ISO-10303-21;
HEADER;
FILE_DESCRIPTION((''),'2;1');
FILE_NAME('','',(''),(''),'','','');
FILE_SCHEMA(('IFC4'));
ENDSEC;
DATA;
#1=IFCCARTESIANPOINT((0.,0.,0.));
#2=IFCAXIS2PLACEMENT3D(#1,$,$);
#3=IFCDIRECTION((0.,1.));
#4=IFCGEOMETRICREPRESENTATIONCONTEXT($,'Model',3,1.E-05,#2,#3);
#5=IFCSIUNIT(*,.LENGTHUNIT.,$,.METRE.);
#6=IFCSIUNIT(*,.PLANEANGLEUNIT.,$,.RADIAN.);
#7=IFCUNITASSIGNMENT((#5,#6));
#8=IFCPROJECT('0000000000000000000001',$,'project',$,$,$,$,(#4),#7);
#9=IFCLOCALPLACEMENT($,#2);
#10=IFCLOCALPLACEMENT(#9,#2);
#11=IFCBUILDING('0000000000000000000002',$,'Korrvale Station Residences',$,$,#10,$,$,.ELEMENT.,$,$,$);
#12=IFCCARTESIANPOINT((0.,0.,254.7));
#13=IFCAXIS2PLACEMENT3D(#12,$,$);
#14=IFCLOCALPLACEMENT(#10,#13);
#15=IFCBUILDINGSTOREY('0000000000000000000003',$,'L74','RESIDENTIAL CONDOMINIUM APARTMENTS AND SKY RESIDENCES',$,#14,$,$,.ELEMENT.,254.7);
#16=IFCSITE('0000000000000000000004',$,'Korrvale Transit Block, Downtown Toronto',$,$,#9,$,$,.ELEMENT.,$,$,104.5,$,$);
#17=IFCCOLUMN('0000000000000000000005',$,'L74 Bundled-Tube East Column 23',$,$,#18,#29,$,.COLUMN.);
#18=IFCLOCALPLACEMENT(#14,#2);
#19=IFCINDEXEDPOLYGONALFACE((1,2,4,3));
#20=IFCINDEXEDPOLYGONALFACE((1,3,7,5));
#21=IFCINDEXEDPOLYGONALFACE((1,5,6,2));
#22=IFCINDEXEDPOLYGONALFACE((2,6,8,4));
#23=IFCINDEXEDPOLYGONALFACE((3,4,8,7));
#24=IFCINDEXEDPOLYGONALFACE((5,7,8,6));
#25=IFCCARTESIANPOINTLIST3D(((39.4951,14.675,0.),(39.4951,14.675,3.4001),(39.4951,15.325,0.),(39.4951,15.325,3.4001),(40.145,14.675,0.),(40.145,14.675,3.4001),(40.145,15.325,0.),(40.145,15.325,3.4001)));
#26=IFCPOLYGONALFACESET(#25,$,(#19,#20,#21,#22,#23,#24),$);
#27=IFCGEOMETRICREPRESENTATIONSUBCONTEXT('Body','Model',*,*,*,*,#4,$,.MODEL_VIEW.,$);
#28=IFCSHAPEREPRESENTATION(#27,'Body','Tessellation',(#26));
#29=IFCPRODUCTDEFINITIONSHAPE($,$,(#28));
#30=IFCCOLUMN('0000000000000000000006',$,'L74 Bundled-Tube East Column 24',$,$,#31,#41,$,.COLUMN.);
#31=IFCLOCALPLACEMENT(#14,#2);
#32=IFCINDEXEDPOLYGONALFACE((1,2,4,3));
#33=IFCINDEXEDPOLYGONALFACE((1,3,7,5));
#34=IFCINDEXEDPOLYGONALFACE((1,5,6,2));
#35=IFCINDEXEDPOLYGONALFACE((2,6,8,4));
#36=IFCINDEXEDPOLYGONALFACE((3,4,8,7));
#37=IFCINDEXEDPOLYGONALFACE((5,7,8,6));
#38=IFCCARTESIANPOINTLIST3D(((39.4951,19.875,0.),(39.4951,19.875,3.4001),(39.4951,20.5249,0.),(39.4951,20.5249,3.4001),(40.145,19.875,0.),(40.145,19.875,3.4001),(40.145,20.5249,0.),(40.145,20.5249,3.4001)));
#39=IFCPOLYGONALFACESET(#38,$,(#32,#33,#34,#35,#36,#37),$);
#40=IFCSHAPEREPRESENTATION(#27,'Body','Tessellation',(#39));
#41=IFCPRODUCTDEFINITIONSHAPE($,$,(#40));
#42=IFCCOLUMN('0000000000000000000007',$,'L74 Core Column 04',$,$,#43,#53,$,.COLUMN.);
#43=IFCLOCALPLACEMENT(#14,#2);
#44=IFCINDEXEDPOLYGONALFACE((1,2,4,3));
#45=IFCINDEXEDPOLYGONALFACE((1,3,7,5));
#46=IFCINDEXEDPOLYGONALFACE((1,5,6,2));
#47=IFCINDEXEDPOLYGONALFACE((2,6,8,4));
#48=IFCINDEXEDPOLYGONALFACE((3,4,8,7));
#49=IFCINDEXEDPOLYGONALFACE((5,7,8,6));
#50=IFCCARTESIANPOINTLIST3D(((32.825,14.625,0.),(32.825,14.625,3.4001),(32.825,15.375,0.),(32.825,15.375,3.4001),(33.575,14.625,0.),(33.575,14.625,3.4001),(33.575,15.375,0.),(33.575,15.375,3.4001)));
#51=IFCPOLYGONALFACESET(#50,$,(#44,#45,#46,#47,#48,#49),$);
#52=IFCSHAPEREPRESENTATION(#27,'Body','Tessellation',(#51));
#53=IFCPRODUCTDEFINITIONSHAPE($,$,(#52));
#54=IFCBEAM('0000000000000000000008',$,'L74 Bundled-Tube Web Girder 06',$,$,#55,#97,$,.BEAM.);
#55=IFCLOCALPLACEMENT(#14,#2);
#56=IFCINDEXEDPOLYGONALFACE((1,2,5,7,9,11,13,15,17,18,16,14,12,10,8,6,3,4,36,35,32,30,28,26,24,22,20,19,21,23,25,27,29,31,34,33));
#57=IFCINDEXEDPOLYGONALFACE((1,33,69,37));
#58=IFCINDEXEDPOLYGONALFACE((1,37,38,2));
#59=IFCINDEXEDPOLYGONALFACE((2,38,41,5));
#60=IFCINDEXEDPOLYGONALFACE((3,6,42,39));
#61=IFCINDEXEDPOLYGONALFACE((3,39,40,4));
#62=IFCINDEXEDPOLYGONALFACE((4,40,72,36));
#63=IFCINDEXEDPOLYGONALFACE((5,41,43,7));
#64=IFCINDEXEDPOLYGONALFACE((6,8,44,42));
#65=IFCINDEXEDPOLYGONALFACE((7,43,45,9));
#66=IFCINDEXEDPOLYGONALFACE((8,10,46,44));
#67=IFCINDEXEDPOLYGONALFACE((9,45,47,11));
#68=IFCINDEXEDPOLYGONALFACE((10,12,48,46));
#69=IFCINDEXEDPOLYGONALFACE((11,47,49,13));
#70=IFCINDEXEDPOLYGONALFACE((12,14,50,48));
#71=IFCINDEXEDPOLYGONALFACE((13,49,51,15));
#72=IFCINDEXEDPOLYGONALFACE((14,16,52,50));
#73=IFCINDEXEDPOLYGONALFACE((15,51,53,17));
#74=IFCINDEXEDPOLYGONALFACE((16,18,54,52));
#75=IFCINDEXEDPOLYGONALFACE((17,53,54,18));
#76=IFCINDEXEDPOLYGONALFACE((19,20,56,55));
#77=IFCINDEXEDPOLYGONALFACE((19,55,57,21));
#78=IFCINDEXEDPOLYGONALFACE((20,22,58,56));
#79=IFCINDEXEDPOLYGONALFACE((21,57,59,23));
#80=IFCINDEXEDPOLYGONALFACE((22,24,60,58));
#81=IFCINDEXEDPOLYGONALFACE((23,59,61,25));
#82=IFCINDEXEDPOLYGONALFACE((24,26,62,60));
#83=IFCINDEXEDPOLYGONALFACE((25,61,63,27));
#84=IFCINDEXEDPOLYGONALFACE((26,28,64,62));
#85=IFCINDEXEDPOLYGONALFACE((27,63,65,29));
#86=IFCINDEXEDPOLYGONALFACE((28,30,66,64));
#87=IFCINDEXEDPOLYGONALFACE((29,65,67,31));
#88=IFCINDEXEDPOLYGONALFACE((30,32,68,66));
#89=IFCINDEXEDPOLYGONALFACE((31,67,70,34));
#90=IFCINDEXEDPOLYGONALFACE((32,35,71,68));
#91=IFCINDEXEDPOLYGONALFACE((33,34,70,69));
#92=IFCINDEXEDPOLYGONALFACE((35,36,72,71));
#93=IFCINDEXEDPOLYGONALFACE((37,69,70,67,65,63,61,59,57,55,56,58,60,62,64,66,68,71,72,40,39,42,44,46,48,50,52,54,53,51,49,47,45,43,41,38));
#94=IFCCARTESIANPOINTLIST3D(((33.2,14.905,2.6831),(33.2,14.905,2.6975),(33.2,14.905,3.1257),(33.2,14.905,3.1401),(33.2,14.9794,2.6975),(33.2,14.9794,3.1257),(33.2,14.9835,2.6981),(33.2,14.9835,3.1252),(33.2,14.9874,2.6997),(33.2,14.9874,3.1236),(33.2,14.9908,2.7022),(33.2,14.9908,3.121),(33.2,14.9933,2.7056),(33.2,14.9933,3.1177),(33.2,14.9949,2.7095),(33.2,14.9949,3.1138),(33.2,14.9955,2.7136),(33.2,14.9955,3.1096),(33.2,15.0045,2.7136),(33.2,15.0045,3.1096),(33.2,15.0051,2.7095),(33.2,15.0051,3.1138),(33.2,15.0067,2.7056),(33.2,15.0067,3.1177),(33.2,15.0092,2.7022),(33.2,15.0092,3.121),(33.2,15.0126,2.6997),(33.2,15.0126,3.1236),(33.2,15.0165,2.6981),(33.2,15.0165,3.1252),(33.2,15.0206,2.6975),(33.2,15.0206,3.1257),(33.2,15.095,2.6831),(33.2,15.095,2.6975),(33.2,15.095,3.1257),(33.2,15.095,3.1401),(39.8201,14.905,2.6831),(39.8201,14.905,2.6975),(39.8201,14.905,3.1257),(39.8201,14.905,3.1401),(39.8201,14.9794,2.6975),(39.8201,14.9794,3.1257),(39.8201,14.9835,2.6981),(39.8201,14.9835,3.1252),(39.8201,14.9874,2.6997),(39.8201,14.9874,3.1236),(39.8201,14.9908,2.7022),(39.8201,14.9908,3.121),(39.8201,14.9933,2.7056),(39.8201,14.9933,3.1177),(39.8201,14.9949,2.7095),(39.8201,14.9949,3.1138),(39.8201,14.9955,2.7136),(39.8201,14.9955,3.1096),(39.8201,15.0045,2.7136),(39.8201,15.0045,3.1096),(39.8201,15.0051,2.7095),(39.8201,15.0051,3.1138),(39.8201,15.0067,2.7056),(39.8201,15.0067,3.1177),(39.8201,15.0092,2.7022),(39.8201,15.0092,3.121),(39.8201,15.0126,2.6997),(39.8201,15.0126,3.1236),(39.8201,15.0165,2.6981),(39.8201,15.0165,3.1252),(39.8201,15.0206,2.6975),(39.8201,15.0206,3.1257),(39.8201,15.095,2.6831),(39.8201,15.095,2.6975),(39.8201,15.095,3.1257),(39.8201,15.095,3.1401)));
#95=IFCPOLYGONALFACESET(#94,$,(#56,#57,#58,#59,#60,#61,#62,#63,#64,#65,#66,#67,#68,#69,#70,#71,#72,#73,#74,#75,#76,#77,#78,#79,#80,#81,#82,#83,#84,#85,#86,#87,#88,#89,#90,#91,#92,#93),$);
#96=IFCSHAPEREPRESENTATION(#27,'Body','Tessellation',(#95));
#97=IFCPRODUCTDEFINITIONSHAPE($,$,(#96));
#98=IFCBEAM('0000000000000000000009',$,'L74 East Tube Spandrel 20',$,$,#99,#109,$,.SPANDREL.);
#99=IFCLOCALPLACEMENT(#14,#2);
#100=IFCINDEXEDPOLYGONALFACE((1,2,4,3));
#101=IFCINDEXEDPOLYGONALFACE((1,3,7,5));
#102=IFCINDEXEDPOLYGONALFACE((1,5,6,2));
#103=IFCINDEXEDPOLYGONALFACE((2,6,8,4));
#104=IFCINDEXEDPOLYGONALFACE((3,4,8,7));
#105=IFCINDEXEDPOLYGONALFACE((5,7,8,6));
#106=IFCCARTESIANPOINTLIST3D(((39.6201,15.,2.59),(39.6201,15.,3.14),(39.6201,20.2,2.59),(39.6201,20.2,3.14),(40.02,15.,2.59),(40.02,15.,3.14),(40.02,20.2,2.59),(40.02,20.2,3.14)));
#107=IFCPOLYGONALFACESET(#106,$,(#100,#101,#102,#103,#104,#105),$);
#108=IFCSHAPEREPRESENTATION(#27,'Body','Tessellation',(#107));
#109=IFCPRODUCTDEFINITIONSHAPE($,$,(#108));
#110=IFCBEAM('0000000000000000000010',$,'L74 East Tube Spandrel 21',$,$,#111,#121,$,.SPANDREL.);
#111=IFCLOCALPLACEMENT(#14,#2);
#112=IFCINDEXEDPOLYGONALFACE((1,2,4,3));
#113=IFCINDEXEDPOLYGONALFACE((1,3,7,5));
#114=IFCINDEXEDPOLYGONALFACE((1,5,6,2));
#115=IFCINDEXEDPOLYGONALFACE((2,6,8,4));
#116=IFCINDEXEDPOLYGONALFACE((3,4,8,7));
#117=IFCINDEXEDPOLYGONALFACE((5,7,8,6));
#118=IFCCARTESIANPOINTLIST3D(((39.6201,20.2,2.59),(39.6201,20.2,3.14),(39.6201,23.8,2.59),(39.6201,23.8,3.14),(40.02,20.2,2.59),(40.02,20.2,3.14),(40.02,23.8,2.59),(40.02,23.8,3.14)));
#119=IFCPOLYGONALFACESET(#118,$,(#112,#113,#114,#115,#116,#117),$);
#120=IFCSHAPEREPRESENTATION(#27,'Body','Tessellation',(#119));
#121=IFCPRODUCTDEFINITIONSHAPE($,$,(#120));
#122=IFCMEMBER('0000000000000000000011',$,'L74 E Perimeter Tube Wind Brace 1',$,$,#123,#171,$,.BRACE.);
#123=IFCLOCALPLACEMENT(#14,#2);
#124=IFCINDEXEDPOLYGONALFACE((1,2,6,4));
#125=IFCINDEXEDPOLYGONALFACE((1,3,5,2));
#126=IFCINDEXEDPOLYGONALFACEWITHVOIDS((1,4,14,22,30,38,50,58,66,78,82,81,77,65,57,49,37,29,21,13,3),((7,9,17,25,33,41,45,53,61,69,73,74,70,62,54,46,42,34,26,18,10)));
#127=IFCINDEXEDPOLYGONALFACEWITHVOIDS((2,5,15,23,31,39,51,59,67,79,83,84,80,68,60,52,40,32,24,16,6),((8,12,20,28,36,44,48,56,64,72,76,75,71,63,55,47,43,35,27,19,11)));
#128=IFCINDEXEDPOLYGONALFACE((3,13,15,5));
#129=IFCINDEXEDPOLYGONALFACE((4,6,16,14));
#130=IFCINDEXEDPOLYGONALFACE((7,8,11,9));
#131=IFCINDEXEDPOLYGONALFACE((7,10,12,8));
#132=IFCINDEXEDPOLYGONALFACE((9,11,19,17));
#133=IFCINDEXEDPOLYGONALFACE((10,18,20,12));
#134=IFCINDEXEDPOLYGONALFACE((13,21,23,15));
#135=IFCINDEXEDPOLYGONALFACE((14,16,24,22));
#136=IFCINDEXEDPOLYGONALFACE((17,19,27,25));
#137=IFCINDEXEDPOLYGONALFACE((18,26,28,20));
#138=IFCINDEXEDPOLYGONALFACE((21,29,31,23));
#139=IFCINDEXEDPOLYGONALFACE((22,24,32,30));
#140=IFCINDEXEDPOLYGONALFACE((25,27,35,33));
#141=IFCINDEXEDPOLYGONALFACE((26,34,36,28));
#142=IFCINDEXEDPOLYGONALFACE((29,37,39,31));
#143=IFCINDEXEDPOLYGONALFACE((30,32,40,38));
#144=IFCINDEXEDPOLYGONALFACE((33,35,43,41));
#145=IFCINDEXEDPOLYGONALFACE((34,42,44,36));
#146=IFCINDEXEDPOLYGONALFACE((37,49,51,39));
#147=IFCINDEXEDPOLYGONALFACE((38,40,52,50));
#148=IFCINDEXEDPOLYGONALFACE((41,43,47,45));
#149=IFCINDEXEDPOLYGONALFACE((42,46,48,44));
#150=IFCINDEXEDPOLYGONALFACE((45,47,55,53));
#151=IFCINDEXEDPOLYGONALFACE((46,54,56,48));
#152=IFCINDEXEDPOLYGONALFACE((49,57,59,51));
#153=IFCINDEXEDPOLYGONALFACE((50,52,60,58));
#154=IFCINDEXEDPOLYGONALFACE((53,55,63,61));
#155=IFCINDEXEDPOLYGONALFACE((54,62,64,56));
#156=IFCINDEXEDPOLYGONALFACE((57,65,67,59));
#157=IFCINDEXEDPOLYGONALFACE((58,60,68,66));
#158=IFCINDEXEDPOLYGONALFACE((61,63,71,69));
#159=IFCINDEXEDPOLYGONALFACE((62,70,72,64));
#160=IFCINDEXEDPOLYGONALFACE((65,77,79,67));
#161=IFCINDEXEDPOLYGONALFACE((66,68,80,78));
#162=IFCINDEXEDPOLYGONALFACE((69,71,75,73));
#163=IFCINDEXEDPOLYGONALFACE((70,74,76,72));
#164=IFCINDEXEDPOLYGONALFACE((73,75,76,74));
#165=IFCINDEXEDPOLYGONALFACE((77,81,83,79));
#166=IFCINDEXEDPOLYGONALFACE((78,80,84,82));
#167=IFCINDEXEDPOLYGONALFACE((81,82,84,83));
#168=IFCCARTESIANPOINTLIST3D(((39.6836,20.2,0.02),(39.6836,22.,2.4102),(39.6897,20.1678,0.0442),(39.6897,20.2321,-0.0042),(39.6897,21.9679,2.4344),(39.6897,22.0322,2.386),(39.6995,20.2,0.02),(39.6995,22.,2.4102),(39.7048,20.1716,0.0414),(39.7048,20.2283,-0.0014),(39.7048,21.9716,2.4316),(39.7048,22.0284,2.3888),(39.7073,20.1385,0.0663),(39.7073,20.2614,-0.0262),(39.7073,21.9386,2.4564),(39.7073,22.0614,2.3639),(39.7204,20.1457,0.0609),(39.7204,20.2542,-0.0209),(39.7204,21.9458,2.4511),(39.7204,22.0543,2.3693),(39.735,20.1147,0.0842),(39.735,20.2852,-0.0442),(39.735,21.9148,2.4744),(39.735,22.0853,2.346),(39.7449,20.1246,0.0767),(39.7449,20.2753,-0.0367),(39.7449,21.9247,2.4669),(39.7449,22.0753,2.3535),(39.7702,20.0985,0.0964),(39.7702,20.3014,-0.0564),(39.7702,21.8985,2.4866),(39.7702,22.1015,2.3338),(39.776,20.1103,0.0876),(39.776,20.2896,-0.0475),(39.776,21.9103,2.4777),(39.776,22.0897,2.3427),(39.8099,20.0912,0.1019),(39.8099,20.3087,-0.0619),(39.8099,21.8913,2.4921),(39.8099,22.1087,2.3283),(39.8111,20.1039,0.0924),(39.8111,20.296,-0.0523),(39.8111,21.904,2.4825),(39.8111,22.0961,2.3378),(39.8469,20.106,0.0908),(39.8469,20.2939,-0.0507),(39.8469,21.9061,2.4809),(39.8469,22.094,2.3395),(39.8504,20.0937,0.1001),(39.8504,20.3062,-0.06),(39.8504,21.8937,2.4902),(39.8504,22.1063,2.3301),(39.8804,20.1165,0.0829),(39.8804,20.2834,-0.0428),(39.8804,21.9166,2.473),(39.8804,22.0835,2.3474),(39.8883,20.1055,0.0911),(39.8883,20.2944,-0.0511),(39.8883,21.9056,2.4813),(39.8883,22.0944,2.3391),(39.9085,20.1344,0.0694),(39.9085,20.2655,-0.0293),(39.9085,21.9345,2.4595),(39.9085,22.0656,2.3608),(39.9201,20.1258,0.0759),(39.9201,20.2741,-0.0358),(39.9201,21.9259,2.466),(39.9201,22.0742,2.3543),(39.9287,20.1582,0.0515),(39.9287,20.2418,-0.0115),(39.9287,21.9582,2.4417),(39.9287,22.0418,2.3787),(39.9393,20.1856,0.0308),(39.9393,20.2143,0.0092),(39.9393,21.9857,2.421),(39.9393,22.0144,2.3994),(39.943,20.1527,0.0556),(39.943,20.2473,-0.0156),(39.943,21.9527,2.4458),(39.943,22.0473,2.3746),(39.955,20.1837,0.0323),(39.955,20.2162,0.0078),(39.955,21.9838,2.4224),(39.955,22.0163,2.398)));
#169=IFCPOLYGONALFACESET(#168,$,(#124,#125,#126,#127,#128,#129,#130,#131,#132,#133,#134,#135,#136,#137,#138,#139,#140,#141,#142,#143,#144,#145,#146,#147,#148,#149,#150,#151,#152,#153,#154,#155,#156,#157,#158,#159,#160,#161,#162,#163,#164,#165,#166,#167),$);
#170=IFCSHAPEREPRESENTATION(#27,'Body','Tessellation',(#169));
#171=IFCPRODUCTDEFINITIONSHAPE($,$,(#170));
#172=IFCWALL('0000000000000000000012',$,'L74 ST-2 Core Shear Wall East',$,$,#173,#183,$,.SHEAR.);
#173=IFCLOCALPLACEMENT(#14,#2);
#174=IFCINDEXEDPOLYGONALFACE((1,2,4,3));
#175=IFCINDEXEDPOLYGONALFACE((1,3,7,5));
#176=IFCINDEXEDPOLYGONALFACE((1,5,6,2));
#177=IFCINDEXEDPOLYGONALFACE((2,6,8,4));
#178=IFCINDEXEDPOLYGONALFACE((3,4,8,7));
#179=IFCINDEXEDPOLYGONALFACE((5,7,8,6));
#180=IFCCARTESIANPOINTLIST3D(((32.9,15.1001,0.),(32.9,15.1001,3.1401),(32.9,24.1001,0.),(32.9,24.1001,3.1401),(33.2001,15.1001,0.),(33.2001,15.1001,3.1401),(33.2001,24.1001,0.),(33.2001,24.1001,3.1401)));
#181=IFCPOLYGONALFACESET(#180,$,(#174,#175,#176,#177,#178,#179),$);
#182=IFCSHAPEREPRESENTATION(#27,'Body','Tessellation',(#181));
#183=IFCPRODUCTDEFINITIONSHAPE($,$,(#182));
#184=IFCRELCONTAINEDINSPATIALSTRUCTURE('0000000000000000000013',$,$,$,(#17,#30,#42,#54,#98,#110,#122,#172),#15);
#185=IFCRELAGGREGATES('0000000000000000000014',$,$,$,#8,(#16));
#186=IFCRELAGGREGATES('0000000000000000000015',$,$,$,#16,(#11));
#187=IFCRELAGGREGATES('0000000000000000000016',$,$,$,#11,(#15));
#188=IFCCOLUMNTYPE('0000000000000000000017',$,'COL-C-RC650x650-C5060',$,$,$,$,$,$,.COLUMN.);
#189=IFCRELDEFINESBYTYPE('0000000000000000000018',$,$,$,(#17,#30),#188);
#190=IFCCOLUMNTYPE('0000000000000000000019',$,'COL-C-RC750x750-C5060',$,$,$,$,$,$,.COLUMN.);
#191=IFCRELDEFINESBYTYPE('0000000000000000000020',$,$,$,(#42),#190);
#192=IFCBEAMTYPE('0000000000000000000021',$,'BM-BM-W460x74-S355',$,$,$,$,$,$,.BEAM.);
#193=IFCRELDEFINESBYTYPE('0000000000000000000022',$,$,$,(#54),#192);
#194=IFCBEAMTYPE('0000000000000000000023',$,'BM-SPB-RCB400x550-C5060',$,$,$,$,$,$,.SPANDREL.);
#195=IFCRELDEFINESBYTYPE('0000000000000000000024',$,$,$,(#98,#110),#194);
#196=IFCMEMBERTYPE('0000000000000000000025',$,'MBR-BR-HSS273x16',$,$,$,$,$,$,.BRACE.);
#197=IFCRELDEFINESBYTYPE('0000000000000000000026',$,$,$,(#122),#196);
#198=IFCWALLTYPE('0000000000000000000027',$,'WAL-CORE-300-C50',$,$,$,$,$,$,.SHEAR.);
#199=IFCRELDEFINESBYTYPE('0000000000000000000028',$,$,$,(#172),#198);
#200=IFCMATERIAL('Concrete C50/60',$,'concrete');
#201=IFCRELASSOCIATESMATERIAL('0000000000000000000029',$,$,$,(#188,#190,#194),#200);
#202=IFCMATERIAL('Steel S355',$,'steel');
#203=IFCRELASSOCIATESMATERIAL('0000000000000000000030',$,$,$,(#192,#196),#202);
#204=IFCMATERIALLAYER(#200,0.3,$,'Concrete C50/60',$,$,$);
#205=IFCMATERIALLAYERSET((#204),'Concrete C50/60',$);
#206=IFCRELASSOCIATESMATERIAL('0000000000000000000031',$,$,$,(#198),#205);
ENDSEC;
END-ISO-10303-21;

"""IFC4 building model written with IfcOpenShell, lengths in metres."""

from ifc_helpers import new_model, si_unit, direction, frame, frame_2d, origin, origin_2d, place, context, subcontext, project, spatial, rectangle, hollow_circle, i_section, extrude, material, layer, layer_set, material_profile, profile_set, type_object, element, save


model = new_model("IFC4")

# Units and contexts
model_context = context("Model", 3, precision=1e-05, world=origin(), true_north=direction((0.0, 1.0)))
body_context = subcontext(model_context, "Body", "Model", "MODEL_VIEW")
ifc_project = project(units=[si_unit("LENGTHUNIT", "METRE"), si_unit("PLANEANGLEUNIT", "RADIAN")], contexts=[model_context])

# Site, building, storey
site_placement = place(None, origin())
site = spatial("IfcSite", under=ifc_project, at=site_placement, Name="Korrvale Transit Block, Downtown Toronto", CompositionType="ELEMENT", RefElevation=104.5)
building_placement = place(site_placement, origin())
building = spatial("IfcBuilding", under=site, at=building_placement, Name="Korrvale Station Residences", CompositionType="ELEMENT")
storey_placement = place(building_placement, frame((0.0, 0.0, 254.7)))
storey = spatial("IfcBuildingStorey", under=building, at=storey_placement, Name="L74", Description="RESIDENTIAL CONDOMINIUM APARTMENTS AND SKY RESIDENCES", CompositionType="ELEMENT", Elevation=254.7)

# Columns
ifc_material_1 = material(Name="Concrete C50/60", Category="concrete")
ifc_material_profile_1 = material_profile(ifc_material_1, rectangle(XDim=0.6499, YDim=0.6499, at=origin_2d()), Name="RC650x650")
ifc_profile_set_1 = profile_set([ifc_material_profile_1], Name="Concrete C50/60")
column_type_1 = type_object("IfcColumnType", Name="COL-C-RC650x650-C5060", PredefinedType="COLUMN", material=ifc_profile_set_1)
for number, where, z_axis, x_axis, name in (
    (1, (39.8201, 15.0, 0.0), (0.0, 0.0, 1.0), (1.0, 0.0, 0.0), "L74 Bundled-Tube East Column 23"),
    (2, (39.8201, 20.2, 0.0), (0.0, 0.0, 1.0), (1.0, 0.0, 0.0), "L74 Bundled-Tube East Column 24"),
):
    element("IfcColumn", number, at=place(storey_placement, frame(where, z_axis=z_axis, x_axis=x_axis)), inside=storey, type_object=column_type_1, Name=name, PredefinedType="COLUMN", context=body_context, shape_type="SweptSolid", body=[
        extrude(rectangle(XDim=0.6499, YDim=0.6499, at=origin_2d()), origin(), (0.0, 0.0, 1.0), 3.4001),
    ])
ifc_material_profile_2 = material_profile(ifc_material_1, rectangle(XDim=0.75, YDim=0.75, at=origin_2d()), Name="RC750x750")
ifc_profile_set_2 = profile_set([ifc_material_profile_2], Name="Concrete C50/60")
column_type_2 = type_object("IfcColumnType", Name="COL-C-RC750x750-C5060", PredefinedType="COLUMN", material=ifc_profile_set_2)
column_placement = place(storey_placement, frame((33.2, 15.0, 0.0), z_axis=(0.0, 0.0, 1.0), x_axis=(1.0, 0.0, 0.0)))
element("IfcColumn", 3, at=column_placement, inside=storey, type_object=column_type_2, Name="L74 Core Column 04", PredefinedType="COLUMN", context=body_context, shape_type="SweptSolid", body=[
    extrude(rectangle(XDim=0.75, YDim=0.75, at=origin_2d()), origin(), (0.0, 0.0, 1.0), 3.4001),
])

# Beams
ifc_material_2 = material(Name="Steel S355", Category="steel")
ifc_material_profile_3 = material_profile(ifc_material_2, i_section(OverallWidth=0.1899, OverallDepth=0.457, WebThickness=0.009, FlangeThickness=0.0144, FilletRadius=0.0161, at=origin_2d()), Name="W460x74")
ifc_profile_set_3 = profile_set([ifc_material_profile_3], Name="Steel S355")
beam_type_1 = type_object("IfcBeamType", Name="BM-BM-W460x74-S355", PredefinedType="BEAM", material=ifc_profile_set_3)
beam_1_placement = place(storey_placement, frame((33.2, 15.0, 2.9116), z_axis=(1.0, 0.0, 0.0), x_axis=(0.0, 1.0, 0.0)))
element("IfcBeam", 4, at=beam_1_placement, inside=storey, type_object=beam_type_1, Name="L74 Bundled-Tube Web Girder 06", PredefinedType="BEAM", context=body_context, shape_type="SweptSolid", body=[
    extrude(i_section(OverallWidth=0.1899, OverallDepth=0.457, WebThickness=0.009, FlangeThickness=0.0144, FilletRadius=0.0161, at=origin_2d()), origin(), (0.0, 0.0, 1.0), 6.6201),
])
ifc_material_profile_4 = material_profile(ifc_material_1, rectangle(XDim=0.3999, YDim=0.55, at=origin_2d()), Name="RCB400x550")
ifc_profile_set_4 = profile_set([ifc_material_profile_4], Name="Concrete C50/60")
beam_type_2 = type_object("IfcBeamType", Name="BM-SPB-RCB400x550-C5060", PredefinedType="SPANDREL", material=ifc_profile_set_4)
beam_2_placement = place(storey_placement, frame((39.8201, 15.0, 2.865), z_axis=(0.0, 1.0, 0.0), x_axis=(-1.0, 0.0, 0.0)))
element("IfcBeam", 5, at=beam_2_placement, inside=storey, type_object=beam_type_2, Name="L74 East Tube Spandrel 20", PredefinedType="SPANDREL", context=body_context, shape_type="SweptSolid", body=[
    extrude(rectangle(XDim=0.3999, YDim=0.55, at=origin_2d()), origin(), (0.0, 0.0, 1.0), 5.2),
])
beam_3_placement = place(storey_placement, frame((39.8201, 20.2, 2.865), z_axis=(0.0, 1.0, 0.0), x_axis=(-1.0, 0.0, 0.0)))
element("IfcBeam", 6, at=beam_3_placement, inside=storey, type_object=beam_type_2, Name="L74 East Tube Spandrel 21", PredefinedType="SPANDREL", context=body_context, shape_type="SweptSolid", body=[
    extrude(rectangle(XDim=0.3999, YDim=0.55, at=origin_2d()), origin(), (0.0, 0.0, 1.0), 3.6001),
])

# Member
ifc_material_profile_5 = material_profile(ifc_material_2, hollow_circle(Radius=0.1365, WallThickness=0.0159, at=origin_2d()), Name="HSS273x16")
ifc_profile_set_5 = profile_set([ifc_material_profile_5], Name="Steel S355")
member_type = type_object("IfcMemberType", Name="MBR-BR-HSS273x16", PredefinedType="BRACE", material=ifc_profile_set_5)
member_placement = place(storey_placement, frame((39.8201, 20.2, 0.02), z_axis=(0.0, 0.601592, 0.798804), x_axis=(-1.0, 0.0, 0.0)))
element("IfcMember", 7, at=member_placement, inside=storey, type_object=member_type, Name="L74 E Perimeter Tube Wind Brace 1", PredefinedType="BRACE", context=body_context, shape_type="SweptSolid", body=[
    extrude(hollow_circle(Radius=0.1365, WallThickness=0.0159, at=origin_2d()), origin(), (0.0, 0.0, 1.0), 2.9922),
])

# Wall
ifc_layer_1 = layer(ifc_material_1, 0.3, Name="Concrete C50/60")
ifc_layer_set_1 = layer_set([ifc_layer_1], Name="Concrete C50/60")
wall_type_1 = type_object("IfcWallType", Name="WAL-CORE-300-C50", PredefinedType="SHEAR", material=ifc_layer_set_1)
wall_1_placement = place(storey_placement, frame((33.05, 15.1001, 0.0), z_axis=(0.0, 0.0, 1.0), x_axis=(0.0, 1.0, 0.0)))
element("IfcWall", 8, at=wall_1_placement, inside=storey, type_object=wall_type_1, Name="L74 ST-2 Core Shear Wall East", PredefinedType="SHEAR", context=body_context, shape_type="SweptSolid", body=[
    extrude(rectangle(XDim=9.0, YDim=0.3, at=frame_2d((4.5, 0.0))), origin(), (0.0, 0.0, 1.0), 3.1401),
])

save(model, "model.ifc")
